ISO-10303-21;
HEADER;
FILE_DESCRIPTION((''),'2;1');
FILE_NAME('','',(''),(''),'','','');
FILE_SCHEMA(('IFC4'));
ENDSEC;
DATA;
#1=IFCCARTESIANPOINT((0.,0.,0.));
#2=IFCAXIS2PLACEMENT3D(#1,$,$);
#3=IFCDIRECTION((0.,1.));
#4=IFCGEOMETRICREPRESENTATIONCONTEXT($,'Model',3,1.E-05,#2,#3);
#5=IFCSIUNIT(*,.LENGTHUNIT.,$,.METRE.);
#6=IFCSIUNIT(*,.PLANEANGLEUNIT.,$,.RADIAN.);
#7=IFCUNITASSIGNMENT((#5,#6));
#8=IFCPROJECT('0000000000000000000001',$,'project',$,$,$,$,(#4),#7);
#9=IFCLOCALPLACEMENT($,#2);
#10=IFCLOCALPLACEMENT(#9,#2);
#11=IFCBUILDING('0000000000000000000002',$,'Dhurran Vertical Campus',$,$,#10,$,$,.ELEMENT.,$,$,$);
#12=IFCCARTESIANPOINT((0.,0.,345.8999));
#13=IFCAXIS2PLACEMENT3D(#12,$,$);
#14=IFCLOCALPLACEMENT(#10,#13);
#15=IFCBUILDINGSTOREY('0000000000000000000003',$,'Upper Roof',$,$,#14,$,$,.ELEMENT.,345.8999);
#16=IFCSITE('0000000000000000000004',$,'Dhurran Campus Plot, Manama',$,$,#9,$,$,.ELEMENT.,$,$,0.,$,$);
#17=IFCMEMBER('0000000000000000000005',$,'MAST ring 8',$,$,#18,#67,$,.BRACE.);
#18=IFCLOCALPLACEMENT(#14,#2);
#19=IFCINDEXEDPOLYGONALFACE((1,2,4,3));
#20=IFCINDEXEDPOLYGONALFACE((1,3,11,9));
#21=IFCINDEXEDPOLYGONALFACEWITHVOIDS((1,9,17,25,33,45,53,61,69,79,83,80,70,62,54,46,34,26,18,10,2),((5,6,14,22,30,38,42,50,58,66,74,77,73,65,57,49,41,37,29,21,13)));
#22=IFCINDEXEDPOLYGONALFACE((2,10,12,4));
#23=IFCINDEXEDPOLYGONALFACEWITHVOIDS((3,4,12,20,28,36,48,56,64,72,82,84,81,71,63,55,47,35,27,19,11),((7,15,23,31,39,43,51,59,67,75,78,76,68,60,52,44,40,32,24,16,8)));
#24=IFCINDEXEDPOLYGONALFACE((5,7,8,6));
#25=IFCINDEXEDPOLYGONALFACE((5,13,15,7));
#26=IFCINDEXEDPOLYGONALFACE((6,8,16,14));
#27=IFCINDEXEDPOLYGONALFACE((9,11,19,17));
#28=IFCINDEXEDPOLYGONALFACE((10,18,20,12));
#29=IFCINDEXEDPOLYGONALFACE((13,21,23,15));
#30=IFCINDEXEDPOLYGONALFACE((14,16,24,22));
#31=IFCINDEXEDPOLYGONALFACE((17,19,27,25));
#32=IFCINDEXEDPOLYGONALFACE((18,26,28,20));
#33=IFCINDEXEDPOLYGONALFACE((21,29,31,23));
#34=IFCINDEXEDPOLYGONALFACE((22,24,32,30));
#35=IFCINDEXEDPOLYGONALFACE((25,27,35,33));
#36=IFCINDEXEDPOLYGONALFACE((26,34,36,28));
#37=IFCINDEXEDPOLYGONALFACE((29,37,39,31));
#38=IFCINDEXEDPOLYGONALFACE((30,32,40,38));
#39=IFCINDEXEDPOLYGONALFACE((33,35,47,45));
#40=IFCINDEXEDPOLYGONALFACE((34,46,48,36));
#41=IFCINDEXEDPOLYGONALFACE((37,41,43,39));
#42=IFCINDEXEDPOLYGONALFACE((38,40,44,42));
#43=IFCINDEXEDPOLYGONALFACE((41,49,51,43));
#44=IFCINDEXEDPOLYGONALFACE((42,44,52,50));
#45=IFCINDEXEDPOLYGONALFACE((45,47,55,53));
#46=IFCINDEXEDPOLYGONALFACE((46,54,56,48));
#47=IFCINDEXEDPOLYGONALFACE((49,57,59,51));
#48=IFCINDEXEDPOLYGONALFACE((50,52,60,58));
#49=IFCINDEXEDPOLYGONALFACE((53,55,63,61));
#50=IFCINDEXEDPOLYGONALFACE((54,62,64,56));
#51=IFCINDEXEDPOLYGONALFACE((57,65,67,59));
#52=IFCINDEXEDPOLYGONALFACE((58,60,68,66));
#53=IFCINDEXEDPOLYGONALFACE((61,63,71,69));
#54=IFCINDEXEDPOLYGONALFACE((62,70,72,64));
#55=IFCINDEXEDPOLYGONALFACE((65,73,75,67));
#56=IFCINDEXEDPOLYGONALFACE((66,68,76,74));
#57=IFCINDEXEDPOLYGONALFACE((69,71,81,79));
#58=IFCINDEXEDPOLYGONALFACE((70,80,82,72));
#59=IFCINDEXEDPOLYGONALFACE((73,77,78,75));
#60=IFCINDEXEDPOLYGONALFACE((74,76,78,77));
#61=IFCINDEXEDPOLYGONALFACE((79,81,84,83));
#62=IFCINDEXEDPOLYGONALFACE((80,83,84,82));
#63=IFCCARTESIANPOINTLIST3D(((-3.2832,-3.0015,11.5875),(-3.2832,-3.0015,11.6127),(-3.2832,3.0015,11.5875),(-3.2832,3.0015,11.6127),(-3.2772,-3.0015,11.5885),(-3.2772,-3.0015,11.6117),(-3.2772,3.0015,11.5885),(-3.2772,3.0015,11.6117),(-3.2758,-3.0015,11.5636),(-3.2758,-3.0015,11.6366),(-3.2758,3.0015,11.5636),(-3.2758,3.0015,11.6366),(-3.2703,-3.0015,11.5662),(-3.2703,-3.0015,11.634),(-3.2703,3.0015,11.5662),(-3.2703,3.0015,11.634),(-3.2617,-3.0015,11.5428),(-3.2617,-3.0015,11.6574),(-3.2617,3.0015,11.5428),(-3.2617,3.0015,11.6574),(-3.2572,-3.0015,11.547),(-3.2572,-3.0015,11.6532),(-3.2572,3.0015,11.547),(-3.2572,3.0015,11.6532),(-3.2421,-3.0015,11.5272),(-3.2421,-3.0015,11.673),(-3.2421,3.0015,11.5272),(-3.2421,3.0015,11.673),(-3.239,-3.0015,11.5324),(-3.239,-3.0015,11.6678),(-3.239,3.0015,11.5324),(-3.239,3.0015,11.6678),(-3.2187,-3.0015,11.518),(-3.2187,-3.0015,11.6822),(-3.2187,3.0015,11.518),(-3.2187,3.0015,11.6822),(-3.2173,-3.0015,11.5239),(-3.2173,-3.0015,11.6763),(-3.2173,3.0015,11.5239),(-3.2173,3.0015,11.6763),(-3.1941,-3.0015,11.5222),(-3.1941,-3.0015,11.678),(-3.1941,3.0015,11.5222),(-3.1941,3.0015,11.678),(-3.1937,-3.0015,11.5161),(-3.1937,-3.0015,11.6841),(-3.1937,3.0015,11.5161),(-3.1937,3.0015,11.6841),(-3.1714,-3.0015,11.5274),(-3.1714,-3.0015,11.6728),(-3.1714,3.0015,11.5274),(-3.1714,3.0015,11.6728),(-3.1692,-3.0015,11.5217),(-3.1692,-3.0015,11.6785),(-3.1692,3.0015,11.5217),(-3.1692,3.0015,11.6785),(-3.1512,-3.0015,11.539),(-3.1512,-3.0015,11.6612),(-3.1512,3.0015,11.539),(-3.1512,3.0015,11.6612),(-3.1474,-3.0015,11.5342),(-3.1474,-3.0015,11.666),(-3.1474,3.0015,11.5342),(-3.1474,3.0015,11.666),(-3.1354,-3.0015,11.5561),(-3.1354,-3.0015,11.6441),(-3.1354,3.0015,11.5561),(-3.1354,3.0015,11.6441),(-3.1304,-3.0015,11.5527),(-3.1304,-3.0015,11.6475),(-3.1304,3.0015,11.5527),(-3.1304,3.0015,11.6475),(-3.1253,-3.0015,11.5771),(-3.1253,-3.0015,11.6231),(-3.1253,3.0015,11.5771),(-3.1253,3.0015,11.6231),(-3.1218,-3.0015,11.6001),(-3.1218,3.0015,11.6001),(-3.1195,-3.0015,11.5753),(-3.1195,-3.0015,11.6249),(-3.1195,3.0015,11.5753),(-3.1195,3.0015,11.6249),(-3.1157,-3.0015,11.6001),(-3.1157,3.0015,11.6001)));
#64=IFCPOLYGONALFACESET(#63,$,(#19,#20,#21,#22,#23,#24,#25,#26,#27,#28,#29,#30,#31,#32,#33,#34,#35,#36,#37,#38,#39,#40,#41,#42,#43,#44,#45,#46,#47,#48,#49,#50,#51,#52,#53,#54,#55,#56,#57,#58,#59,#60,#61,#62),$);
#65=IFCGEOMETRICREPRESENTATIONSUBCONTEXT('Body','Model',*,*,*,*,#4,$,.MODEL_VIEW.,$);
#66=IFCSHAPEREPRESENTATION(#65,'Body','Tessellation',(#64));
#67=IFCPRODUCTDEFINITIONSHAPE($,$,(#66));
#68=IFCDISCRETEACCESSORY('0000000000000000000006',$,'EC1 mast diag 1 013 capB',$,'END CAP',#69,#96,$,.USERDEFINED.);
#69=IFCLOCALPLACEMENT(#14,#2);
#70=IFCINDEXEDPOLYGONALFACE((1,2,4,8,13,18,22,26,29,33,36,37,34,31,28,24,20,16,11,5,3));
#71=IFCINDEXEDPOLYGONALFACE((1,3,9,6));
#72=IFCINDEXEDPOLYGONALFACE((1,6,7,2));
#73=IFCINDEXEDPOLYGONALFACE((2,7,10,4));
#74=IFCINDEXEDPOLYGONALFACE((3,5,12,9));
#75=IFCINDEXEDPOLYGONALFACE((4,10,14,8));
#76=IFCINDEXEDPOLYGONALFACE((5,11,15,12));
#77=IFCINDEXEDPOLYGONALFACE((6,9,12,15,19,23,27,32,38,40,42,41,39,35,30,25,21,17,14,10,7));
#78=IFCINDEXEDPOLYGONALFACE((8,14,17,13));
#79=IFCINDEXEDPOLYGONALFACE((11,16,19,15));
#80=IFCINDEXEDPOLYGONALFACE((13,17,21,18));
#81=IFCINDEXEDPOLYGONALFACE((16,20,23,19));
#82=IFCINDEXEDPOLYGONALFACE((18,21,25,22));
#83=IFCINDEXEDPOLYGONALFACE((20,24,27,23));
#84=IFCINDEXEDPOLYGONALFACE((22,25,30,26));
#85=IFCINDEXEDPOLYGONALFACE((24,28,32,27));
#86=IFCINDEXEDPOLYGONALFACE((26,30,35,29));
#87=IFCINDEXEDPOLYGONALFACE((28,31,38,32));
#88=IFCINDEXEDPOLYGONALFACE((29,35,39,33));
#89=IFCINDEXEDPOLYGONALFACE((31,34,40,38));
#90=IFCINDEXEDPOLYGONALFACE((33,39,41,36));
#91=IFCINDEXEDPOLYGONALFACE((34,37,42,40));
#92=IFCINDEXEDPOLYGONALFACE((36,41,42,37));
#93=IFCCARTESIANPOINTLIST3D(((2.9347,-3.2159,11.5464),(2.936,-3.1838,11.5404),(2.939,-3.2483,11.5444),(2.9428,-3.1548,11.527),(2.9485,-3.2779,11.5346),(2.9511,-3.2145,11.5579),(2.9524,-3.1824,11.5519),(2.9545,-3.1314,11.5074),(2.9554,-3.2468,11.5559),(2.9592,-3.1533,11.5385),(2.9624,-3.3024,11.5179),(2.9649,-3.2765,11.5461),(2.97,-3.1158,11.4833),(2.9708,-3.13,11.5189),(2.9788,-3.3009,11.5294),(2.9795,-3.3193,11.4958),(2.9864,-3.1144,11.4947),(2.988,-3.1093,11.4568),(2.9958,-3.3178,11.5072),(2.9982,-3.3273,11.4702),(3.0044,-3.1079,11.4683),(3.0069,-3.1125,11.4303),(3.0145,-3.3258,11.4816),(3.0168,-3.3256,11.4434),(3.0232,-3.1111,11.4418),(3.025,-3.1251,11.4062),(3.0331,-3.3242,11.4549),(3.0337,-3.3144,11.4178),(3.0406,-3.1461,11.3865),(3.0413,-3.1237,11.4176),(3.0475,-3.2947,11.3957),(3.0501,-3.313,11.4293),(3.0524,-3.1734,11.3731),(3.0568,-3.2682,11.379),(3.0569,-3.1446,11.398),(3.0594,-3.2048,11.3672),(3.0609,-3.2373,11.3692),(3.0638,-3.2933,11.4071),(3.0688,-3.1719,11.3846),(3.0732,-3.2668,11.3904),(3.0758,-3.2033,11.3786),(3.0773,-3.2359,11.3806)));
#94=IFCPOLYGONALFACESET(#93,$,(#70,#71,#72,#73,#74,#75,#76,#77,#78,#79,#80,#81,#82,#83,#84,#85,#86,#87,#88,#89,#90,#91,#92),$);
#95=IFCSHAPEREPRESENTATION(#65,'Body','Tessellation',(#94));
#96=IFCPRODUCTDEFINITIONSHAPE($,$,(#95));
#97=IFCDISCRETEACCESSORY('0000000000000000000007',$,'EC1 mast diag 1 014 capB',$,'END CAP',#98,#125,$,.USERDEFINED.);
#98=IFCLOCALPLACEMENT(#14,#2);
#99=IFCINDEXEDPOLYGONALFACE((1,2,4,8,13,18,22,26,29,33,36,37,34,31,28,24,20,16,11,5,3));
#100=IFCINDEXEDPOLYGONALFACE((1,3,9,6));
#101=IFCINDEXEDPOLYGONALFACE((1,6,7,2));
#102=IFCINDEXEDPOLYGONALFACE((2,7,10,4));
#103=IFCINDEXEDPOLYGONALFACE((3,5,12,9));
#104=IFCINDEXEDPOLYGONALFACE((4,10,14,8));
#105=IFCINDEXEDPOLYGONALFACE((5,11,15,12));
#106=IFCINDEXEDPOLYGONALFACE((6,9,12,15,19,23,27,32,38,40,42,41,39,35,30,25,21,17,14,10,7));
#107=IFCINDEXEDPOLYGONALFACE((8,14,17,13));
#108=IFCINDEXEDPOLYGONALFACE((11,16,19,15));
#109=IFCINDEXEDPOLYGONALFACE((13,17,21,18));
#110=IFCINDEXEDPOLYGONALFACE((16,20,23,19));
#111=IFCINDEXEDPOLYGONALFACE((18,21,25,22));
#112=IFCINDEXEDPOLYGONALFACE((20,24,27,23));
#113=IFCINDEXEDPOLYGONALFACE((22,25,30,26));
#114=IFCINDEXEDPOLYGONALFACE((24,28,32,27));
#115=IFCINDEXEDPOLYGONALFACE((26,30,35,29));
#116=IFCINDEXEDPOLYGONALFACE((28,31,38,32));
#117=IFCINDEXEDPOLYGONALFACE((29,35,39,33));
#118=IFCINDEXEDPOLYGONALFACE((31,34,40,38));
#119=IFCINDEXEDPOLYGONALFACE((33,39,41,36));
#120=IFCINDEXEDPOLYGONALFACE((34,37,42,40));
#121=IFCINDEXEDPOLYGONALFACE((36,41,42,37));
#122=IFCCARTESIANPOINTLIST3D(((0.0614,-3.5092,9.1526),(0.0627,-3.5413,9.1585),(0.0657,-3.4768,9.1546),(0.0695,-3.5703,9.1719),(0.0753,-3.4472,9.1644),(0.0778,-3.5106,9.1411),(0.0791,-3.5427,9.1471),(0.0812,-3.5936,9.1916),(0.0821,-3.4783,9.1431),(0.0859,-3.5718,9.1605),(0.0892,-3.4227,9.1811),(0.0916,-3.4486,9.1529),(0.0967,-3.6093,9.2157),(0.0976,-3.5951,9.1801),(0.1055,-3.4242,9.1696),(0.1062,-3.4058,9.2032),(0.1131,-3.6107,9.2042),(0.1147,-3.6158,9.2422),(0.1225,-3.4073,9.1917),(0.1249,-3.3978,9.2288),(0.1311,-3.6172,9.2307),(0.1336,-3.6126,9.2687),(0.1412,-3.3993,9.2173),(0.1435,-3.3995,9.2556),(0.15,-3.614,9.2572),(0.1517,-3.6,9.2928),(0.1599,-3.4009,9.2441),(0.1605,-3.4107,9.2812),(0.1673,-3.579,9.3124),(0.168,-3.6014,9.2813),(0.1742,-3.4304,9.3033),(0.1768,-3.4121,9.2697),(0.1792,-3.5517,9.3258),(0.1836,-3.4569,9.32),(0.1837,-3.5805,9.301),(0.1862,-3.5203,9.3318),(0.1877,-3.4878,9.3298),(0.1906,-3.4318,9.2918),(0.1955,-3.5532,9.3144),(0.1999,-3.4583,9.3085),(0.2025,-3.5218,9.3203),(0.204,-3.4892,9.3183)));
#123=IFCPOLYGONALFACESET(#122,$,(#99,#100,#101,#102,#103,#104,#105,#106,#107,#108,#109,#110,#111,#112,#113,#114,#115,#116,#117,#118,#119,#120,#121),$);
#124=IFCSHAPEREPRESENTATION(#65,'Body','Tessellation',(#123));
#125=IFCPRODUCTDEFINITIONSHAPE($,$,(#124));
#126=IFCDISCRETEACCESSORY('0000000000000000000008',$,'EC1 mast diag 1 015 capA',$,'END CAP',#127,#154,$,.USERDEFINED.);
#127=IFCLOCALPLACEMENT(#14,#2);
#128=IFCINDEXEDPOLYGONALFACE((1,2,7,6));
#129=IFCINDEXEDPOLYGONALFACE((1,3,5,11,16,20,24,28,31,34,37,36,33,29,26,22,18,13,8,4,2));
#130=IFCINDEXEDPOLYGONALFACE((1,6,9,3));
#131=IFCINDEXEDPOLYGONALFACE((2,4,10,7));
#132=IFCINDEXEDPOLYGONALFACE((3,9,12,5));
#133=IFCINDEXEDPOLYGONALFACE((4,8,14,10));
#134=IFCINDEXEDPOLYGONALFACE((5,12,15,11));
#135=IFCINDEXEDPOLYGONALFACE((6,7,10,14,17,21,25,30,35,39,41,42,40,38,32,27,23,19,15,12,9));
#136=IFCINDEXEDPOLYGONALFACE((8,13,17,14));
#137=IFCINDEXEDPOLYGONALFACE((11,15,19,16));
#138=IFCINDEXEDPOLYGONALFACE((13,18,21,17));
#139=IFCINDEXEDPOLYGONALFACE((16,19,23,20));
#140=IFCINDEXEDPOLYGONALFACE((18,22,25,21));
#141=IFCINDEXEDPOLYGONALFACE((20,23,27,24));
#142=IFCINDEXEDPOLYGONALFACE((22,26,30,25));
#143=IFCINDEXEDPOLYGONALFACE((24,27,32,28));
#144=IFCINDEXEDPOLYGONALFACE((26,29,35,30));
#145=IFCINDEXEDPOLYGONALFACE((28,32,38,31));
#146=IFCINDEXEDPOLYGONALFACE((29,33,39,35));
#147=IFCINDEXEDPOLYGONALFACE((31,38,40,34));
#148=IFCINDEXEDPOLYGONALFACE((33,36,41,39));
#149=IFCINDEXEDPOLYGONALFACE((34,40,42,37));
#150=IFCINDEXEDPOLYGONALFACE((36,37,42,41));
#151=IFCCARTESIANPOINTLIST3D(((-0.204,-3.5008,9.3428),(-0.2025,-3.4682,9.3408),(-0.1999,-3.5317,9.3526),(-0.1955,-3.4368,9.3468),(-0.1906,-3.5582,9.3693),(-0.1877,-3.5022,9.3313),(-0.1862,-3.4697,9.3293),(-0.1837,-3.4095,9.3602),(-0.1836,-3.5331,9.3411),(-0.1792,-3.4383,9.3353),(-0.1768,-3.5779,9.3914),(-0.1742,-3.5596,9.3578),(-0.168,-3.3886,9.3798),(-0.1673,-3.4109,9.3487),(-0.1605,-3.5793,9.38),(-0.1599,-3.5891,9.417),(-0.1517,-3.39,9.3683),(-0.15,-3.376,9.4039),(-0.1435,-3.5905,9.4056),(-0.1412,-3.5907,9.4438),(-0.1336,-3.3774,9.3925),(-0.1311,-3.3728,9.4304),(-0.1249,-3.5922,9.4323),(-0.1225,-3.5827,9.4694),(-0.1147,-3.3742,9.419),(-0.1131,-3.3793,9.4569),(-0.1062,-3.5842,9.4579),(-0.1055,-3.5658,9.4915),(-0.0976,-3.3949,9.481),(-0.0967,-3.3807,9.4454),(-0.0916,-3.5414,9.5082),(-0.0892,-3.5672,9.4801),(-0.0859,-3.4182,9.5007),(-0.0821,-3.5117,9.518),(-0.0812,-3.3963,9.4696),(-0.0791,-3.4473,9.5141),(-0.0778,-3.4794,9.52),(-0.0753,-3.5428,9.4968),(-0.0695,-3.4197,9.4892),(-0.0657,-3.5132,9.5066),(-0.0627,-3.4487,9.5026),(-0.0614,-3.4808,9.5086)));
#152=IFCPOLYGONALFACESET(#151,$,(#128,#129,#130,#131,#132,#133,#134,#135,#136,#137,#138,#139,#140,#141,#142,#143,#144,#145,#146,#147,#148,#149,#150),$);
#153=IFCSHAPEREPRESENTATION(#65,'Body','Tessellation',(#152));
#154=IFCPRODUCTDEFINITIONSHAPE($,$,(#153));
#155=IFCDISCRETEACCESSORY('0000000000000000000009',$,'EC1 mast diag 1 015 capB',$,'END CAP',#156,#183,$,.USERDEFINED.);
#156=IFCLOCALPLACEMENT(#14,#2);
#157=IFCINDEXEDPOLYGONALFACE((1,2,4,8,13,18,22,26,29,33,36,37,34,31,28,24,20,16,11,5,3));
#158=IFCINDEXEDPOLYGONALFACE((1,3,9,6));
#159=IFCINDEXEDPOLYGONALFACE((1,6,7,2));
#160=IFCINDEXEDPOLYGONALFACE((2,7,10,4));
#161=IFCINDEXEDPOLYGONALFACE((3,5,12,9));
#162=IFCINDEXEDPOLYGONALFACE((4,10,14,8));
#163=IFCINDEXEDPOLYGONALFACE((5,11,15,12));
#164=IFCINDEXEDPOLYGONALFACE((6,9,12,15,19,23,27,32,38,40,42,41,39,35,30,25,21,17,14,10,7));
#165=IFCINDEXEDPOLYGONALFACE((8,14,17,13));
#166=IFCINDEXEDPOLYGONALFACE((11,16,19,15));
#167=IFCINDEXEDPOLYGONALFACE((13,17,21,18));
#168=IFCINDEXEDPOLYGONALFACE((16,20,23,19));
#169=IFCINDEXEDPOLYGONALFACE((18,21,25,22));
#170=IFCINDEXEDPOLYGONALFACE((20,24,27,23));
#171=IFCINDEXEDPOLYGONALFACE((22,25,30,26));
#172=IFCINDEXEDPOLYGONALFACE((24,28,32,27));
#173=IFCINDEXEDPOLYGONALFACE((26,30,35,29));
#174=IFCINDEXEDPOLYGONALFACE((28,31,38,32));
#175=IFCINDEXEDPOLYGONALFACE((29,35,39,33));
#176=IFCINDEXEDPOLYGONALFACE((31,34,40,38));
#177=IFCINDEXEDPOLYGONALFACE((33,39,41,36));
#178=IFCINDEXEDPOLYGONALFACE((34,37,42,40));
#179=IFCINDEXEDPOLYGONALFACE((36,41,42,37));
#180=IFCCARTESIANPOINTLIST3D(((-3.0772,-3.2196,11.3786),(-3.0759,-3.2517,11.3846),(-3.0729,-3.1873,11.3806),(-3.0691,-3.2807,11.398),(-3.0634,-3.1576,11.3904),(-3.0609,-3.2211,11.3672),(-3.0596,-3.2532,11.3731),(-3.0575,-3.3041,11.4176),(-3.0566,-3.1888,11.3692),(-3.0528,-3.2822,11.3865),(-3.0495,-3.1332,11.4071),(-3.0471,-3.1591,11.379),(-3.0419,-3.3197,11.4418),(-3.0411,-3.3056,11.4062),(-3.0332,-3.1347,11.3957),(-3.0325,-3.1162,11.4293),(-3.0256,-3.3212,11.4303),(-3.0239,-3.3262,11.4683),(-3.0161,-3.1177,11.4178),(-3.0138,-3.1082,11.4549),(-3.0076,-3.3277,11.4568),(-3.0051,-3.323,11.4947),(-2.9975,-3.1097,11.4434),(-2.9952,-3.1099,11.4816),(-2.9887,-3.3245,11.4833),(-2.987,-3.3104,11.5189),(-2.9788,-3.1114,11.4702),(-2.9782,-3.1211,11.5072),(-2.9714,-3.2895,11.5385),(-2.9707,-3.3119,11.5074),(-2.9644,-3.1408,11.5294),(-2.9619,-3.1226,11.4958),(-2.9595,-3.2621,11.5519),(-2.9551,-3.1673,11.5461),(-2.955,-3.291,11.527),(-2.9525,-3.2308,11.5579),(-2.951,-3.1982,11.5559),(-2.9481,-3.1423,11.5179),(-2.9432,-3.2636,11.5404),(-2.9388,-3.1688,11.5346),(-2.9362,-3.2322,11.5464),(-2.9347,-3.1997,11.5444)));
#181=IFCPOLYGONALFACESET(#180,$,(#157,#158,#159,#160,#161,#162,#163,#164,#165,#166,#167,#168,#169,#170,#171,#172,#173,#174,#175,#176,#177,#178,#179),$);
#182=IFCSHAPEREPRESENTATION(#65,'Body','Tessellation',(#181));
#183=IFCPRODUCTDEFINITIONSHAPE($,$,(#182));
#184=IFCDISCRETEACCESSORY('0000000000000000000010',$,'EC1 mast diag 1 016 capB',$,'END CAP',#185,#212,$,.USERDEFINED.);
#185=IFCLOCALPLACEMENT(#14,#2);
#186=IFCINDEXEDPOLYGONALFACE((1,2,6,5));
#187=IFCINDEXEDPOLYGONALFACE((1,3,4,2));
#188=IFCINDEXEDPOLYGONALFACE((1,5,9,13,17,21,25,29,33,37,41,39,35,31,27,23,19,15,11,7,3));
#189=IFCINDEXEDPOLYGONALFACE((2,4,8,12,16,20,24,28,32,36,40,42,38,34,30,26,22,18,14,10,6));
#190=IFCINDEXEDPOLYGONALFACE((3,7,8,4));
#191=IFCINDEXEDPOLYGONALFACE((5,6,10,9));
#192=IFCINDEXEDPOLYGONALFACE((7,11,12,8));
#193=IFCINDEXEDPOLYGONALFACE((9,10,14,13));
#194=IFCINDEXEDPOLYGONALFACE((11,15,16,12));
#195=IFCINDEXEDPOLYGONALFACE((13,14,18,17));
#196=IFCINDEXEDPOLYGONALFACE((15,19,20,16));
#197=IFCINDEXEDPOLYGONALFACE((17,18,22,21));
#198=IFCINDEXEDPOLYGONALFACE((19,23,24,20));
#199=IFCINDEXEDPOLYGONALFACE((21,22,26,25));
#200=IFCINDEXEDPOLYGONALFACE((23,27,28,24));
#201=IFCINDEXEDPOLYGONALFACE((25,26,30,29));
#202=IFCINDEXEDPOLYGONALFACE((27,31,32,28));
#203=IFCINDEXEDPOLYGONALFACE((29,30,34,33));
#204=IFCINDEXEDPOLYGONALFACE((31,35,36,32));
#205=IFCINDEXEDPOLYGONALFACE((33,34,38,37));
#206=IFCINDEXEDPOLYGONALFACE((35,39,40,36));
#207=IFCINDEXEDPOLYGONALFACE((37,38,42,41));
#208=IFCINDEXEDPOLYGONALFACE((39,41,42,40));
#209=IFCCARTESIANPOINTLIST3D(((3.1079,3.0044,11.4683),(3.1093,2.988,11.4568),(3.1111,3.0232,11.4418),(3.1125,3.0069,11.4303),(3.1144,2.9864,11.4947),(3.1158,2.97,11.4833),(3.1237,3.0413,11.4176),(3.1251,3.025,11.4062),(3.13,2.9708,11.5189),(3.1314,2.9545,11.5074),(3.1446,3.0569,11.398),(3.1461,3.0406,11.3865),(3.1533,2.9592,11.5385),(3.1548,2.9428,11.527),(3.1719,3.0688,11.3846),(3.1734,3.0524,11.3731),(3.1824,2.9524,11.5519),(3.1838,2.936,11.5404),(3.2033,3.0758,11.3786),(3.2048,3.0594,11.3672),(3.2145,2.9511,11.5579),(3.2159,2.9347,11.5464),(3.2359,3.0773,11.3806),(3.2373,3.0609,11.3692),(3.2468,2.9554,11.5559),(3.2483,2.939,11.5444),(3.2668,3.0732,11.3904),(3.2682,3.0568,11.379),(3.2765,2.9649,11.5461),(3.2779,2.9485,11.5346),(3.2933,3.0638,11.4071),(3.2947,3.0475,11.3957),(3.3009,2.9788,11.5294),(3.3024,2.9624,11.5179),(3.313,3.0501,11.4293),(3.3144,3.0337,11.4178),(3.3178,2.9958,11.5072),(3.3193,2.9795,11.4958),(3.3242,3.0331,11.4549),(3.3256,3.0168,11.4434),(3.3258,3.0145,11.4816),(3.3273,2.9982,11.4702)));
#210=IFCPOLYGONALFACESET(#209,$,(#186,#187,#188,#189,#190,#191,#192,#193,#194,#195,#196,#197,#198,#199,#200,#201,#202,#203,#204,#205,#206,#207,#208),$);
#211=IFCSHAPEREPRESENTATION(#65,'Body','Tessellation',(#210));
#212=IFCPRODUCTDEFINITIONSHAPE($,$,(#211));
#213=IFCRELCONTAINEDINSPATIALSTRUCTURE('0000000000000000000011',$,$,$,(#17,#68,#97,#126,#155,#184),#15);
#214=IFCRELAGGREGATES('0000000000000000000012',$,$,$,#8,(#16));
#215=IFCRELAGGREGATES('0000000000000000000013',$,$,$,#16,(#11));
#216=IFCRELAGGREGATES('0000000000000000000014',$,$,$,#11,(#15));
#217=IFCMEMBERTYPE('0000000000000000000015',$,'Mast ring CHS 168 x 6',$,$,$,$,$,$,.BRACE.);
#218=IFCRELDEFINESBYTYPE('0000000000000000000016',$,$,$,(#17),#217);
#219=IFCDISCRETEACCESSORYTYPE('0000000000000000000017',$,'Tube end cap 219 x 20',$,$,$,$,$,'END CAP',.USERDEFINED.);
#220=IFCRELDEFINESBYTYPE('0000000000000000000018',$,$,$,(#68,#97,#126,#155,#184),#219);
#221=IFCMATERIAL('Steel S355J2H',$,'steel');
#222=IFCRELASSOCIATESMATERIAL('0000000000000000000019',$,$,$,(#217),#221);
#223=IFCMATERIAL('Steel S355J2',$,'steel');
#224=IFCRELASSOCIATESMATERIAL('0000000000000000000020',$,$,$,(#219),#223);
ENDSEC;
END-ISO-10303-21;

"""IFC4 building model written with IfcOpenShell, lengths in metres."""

from ifc_helpers import new_model, si_unit, direction, frame, origin, origin_2d, place, context, subcontext, project, spatial, circle, hollow_circle, extrude, material, material_profile, profile_set, type_object, element, save


model = new_model("IFC4")

# Units and contexts
model_context = context("Model", 3, precision=1e-05, world=origin(), true_north=direction((0.0, 1.0)))
body_context = subcontext(model_context, "Body", "Model", "MODEL_VIEW")
ifc_project = project(units=[si_unit("LENGTHUNIT", "METRE"), si_unit("PLANEANGLEUNIT", "RADIAN")], contexts=[model_context])

# Site, building, storey
site_placement = place(None, origin())
site = spatial("IfcSite", under=ifc_project, at=site_placement, Name="Dhurran Campus Plot, Manama", CompositionType="ELEMENT", RefElevation=0.0)
building_placement = place(site_placement, origin())
building = spatial("IfcBuilding", under=site, at=building_placement, Name="Dhurran Vertical Campus", CompositionType="ELEMENT")
storey_placement = place(building_placement, frame((0.0, 0.0, 345.8999)))
storey = spatial("IfcBuildingStorey", under=building, at=storey_placement, Name="Upper Roof", CompositionType="ELEMENT", Elevation=345.8999)

# Member
ifc_material_1 = material(Name="Steel S355J2H", Category="steel")
ifc_material_profile_1 = material_profile(ifc_material_1, hollow_circle(Radius=0.0842, WallThickness=0.0061, at=origin_2d()), Name="CHS168x6")
ifc_profile_set_1 = profile_set([ifc_material_profile_1], Name="Steel S355J2H")
member_type_1 = type_object("IfcMemberType", Name="Mast ring CHS 168 x 6", PredefinedType="BRACE", material=ifc_profile_set_1)
for number, where, z_axis, x_axis, name in (
    (1, (-3.2, 3.0015, 11.6001), (0.0, -1.0, 0.0), (1.0, 0.0, 0.0), "MAST ring 8"),
):
    element("IfcMember", number, at=place(storey_placement, frame(where, z_axis=z_axis, x_axis=x_axis)), inside=storey, type_object=member_type_1, Name=name, PredefinedType="BRACE", context=body_context, shape_type="SweptSolid", body=[
        extrude(hollow_circle(Radius=0.0842, WallThickness=0.0061, at=origin_2d()), origin(), (0.0, 0.0, 1.0), 6.0029),
    ])

# Discrete accessories
ifc_material_2 = material(Name="Steel S355J2", Category="steel")
ifc_material_profile_2 = material_profile(ifc_material_2, circle(Radius=0.1096, at=origin_2d()), Name="Tube end cap 219 x 20")
ifc_profile_set_2 = profile_set([ifc_material_profile_2], Name="Steel S355J2")
discrete_accessory_type = type_object("IfcDiscreteAccessoryType", Name="Tube end cap 219 x 20", ElementType="END CAP", PredefinedType="USERDEFINED", material=ifc_profile_set_2)
for number, where, z_axis, x_axis, name in (
    (2, (2.9978, -3.2185, 11.4568), (0.816466, 0.073116, 0.572745), (-0.089195, 0.996014, 0.0), "EC1 mast diag 1 013 capB"),
    (3, (0.1409, -3.5081, 9.2307), (-0.816466, 0.073116, 0.572745), (-0.089195, -0.996014, 0.0), "EC1 mast diag 1 014 capB"),
    (4, (-0.1409, -3.4819, 9.4304), (0.816466, -0.073116, -0.572745), (0.089195, 0.996014, 0.0), "EC1 mast diag 1 015 capA"),
    (5, (-2.9978, -3.2185, 11.4568), (-0.816466, 0.073116, 0.572745), (-0.089195, -0.996014, 0.0), "EC1 mast diag 1 015 capB"),
    (6, (3.2185, 2.9978, 11.4568), (-0.073116, 0.816466, 0.572745), (-0.996014, -0.089195, 0.0), "EC1 mast diag 1 016 capB"),
):
    element("IfcDiscreteAccessory", number, at=place(storey_placement, frame(where, z_axis=z_axis, x_axis=x_axis)), inside=storey, type_object=discrete_accessory_type, Name=name, ObjectType="END CAP", PredefinedType="USERDEFINED", context=body_context, shape_type="SweptSolid", body=[
        extrude(circle(Radius=0.1096, at=origin_2d()), origin(), (0.0, 0.0, 1.0), 0.02),
    ])

save(model, "model.ifc")
